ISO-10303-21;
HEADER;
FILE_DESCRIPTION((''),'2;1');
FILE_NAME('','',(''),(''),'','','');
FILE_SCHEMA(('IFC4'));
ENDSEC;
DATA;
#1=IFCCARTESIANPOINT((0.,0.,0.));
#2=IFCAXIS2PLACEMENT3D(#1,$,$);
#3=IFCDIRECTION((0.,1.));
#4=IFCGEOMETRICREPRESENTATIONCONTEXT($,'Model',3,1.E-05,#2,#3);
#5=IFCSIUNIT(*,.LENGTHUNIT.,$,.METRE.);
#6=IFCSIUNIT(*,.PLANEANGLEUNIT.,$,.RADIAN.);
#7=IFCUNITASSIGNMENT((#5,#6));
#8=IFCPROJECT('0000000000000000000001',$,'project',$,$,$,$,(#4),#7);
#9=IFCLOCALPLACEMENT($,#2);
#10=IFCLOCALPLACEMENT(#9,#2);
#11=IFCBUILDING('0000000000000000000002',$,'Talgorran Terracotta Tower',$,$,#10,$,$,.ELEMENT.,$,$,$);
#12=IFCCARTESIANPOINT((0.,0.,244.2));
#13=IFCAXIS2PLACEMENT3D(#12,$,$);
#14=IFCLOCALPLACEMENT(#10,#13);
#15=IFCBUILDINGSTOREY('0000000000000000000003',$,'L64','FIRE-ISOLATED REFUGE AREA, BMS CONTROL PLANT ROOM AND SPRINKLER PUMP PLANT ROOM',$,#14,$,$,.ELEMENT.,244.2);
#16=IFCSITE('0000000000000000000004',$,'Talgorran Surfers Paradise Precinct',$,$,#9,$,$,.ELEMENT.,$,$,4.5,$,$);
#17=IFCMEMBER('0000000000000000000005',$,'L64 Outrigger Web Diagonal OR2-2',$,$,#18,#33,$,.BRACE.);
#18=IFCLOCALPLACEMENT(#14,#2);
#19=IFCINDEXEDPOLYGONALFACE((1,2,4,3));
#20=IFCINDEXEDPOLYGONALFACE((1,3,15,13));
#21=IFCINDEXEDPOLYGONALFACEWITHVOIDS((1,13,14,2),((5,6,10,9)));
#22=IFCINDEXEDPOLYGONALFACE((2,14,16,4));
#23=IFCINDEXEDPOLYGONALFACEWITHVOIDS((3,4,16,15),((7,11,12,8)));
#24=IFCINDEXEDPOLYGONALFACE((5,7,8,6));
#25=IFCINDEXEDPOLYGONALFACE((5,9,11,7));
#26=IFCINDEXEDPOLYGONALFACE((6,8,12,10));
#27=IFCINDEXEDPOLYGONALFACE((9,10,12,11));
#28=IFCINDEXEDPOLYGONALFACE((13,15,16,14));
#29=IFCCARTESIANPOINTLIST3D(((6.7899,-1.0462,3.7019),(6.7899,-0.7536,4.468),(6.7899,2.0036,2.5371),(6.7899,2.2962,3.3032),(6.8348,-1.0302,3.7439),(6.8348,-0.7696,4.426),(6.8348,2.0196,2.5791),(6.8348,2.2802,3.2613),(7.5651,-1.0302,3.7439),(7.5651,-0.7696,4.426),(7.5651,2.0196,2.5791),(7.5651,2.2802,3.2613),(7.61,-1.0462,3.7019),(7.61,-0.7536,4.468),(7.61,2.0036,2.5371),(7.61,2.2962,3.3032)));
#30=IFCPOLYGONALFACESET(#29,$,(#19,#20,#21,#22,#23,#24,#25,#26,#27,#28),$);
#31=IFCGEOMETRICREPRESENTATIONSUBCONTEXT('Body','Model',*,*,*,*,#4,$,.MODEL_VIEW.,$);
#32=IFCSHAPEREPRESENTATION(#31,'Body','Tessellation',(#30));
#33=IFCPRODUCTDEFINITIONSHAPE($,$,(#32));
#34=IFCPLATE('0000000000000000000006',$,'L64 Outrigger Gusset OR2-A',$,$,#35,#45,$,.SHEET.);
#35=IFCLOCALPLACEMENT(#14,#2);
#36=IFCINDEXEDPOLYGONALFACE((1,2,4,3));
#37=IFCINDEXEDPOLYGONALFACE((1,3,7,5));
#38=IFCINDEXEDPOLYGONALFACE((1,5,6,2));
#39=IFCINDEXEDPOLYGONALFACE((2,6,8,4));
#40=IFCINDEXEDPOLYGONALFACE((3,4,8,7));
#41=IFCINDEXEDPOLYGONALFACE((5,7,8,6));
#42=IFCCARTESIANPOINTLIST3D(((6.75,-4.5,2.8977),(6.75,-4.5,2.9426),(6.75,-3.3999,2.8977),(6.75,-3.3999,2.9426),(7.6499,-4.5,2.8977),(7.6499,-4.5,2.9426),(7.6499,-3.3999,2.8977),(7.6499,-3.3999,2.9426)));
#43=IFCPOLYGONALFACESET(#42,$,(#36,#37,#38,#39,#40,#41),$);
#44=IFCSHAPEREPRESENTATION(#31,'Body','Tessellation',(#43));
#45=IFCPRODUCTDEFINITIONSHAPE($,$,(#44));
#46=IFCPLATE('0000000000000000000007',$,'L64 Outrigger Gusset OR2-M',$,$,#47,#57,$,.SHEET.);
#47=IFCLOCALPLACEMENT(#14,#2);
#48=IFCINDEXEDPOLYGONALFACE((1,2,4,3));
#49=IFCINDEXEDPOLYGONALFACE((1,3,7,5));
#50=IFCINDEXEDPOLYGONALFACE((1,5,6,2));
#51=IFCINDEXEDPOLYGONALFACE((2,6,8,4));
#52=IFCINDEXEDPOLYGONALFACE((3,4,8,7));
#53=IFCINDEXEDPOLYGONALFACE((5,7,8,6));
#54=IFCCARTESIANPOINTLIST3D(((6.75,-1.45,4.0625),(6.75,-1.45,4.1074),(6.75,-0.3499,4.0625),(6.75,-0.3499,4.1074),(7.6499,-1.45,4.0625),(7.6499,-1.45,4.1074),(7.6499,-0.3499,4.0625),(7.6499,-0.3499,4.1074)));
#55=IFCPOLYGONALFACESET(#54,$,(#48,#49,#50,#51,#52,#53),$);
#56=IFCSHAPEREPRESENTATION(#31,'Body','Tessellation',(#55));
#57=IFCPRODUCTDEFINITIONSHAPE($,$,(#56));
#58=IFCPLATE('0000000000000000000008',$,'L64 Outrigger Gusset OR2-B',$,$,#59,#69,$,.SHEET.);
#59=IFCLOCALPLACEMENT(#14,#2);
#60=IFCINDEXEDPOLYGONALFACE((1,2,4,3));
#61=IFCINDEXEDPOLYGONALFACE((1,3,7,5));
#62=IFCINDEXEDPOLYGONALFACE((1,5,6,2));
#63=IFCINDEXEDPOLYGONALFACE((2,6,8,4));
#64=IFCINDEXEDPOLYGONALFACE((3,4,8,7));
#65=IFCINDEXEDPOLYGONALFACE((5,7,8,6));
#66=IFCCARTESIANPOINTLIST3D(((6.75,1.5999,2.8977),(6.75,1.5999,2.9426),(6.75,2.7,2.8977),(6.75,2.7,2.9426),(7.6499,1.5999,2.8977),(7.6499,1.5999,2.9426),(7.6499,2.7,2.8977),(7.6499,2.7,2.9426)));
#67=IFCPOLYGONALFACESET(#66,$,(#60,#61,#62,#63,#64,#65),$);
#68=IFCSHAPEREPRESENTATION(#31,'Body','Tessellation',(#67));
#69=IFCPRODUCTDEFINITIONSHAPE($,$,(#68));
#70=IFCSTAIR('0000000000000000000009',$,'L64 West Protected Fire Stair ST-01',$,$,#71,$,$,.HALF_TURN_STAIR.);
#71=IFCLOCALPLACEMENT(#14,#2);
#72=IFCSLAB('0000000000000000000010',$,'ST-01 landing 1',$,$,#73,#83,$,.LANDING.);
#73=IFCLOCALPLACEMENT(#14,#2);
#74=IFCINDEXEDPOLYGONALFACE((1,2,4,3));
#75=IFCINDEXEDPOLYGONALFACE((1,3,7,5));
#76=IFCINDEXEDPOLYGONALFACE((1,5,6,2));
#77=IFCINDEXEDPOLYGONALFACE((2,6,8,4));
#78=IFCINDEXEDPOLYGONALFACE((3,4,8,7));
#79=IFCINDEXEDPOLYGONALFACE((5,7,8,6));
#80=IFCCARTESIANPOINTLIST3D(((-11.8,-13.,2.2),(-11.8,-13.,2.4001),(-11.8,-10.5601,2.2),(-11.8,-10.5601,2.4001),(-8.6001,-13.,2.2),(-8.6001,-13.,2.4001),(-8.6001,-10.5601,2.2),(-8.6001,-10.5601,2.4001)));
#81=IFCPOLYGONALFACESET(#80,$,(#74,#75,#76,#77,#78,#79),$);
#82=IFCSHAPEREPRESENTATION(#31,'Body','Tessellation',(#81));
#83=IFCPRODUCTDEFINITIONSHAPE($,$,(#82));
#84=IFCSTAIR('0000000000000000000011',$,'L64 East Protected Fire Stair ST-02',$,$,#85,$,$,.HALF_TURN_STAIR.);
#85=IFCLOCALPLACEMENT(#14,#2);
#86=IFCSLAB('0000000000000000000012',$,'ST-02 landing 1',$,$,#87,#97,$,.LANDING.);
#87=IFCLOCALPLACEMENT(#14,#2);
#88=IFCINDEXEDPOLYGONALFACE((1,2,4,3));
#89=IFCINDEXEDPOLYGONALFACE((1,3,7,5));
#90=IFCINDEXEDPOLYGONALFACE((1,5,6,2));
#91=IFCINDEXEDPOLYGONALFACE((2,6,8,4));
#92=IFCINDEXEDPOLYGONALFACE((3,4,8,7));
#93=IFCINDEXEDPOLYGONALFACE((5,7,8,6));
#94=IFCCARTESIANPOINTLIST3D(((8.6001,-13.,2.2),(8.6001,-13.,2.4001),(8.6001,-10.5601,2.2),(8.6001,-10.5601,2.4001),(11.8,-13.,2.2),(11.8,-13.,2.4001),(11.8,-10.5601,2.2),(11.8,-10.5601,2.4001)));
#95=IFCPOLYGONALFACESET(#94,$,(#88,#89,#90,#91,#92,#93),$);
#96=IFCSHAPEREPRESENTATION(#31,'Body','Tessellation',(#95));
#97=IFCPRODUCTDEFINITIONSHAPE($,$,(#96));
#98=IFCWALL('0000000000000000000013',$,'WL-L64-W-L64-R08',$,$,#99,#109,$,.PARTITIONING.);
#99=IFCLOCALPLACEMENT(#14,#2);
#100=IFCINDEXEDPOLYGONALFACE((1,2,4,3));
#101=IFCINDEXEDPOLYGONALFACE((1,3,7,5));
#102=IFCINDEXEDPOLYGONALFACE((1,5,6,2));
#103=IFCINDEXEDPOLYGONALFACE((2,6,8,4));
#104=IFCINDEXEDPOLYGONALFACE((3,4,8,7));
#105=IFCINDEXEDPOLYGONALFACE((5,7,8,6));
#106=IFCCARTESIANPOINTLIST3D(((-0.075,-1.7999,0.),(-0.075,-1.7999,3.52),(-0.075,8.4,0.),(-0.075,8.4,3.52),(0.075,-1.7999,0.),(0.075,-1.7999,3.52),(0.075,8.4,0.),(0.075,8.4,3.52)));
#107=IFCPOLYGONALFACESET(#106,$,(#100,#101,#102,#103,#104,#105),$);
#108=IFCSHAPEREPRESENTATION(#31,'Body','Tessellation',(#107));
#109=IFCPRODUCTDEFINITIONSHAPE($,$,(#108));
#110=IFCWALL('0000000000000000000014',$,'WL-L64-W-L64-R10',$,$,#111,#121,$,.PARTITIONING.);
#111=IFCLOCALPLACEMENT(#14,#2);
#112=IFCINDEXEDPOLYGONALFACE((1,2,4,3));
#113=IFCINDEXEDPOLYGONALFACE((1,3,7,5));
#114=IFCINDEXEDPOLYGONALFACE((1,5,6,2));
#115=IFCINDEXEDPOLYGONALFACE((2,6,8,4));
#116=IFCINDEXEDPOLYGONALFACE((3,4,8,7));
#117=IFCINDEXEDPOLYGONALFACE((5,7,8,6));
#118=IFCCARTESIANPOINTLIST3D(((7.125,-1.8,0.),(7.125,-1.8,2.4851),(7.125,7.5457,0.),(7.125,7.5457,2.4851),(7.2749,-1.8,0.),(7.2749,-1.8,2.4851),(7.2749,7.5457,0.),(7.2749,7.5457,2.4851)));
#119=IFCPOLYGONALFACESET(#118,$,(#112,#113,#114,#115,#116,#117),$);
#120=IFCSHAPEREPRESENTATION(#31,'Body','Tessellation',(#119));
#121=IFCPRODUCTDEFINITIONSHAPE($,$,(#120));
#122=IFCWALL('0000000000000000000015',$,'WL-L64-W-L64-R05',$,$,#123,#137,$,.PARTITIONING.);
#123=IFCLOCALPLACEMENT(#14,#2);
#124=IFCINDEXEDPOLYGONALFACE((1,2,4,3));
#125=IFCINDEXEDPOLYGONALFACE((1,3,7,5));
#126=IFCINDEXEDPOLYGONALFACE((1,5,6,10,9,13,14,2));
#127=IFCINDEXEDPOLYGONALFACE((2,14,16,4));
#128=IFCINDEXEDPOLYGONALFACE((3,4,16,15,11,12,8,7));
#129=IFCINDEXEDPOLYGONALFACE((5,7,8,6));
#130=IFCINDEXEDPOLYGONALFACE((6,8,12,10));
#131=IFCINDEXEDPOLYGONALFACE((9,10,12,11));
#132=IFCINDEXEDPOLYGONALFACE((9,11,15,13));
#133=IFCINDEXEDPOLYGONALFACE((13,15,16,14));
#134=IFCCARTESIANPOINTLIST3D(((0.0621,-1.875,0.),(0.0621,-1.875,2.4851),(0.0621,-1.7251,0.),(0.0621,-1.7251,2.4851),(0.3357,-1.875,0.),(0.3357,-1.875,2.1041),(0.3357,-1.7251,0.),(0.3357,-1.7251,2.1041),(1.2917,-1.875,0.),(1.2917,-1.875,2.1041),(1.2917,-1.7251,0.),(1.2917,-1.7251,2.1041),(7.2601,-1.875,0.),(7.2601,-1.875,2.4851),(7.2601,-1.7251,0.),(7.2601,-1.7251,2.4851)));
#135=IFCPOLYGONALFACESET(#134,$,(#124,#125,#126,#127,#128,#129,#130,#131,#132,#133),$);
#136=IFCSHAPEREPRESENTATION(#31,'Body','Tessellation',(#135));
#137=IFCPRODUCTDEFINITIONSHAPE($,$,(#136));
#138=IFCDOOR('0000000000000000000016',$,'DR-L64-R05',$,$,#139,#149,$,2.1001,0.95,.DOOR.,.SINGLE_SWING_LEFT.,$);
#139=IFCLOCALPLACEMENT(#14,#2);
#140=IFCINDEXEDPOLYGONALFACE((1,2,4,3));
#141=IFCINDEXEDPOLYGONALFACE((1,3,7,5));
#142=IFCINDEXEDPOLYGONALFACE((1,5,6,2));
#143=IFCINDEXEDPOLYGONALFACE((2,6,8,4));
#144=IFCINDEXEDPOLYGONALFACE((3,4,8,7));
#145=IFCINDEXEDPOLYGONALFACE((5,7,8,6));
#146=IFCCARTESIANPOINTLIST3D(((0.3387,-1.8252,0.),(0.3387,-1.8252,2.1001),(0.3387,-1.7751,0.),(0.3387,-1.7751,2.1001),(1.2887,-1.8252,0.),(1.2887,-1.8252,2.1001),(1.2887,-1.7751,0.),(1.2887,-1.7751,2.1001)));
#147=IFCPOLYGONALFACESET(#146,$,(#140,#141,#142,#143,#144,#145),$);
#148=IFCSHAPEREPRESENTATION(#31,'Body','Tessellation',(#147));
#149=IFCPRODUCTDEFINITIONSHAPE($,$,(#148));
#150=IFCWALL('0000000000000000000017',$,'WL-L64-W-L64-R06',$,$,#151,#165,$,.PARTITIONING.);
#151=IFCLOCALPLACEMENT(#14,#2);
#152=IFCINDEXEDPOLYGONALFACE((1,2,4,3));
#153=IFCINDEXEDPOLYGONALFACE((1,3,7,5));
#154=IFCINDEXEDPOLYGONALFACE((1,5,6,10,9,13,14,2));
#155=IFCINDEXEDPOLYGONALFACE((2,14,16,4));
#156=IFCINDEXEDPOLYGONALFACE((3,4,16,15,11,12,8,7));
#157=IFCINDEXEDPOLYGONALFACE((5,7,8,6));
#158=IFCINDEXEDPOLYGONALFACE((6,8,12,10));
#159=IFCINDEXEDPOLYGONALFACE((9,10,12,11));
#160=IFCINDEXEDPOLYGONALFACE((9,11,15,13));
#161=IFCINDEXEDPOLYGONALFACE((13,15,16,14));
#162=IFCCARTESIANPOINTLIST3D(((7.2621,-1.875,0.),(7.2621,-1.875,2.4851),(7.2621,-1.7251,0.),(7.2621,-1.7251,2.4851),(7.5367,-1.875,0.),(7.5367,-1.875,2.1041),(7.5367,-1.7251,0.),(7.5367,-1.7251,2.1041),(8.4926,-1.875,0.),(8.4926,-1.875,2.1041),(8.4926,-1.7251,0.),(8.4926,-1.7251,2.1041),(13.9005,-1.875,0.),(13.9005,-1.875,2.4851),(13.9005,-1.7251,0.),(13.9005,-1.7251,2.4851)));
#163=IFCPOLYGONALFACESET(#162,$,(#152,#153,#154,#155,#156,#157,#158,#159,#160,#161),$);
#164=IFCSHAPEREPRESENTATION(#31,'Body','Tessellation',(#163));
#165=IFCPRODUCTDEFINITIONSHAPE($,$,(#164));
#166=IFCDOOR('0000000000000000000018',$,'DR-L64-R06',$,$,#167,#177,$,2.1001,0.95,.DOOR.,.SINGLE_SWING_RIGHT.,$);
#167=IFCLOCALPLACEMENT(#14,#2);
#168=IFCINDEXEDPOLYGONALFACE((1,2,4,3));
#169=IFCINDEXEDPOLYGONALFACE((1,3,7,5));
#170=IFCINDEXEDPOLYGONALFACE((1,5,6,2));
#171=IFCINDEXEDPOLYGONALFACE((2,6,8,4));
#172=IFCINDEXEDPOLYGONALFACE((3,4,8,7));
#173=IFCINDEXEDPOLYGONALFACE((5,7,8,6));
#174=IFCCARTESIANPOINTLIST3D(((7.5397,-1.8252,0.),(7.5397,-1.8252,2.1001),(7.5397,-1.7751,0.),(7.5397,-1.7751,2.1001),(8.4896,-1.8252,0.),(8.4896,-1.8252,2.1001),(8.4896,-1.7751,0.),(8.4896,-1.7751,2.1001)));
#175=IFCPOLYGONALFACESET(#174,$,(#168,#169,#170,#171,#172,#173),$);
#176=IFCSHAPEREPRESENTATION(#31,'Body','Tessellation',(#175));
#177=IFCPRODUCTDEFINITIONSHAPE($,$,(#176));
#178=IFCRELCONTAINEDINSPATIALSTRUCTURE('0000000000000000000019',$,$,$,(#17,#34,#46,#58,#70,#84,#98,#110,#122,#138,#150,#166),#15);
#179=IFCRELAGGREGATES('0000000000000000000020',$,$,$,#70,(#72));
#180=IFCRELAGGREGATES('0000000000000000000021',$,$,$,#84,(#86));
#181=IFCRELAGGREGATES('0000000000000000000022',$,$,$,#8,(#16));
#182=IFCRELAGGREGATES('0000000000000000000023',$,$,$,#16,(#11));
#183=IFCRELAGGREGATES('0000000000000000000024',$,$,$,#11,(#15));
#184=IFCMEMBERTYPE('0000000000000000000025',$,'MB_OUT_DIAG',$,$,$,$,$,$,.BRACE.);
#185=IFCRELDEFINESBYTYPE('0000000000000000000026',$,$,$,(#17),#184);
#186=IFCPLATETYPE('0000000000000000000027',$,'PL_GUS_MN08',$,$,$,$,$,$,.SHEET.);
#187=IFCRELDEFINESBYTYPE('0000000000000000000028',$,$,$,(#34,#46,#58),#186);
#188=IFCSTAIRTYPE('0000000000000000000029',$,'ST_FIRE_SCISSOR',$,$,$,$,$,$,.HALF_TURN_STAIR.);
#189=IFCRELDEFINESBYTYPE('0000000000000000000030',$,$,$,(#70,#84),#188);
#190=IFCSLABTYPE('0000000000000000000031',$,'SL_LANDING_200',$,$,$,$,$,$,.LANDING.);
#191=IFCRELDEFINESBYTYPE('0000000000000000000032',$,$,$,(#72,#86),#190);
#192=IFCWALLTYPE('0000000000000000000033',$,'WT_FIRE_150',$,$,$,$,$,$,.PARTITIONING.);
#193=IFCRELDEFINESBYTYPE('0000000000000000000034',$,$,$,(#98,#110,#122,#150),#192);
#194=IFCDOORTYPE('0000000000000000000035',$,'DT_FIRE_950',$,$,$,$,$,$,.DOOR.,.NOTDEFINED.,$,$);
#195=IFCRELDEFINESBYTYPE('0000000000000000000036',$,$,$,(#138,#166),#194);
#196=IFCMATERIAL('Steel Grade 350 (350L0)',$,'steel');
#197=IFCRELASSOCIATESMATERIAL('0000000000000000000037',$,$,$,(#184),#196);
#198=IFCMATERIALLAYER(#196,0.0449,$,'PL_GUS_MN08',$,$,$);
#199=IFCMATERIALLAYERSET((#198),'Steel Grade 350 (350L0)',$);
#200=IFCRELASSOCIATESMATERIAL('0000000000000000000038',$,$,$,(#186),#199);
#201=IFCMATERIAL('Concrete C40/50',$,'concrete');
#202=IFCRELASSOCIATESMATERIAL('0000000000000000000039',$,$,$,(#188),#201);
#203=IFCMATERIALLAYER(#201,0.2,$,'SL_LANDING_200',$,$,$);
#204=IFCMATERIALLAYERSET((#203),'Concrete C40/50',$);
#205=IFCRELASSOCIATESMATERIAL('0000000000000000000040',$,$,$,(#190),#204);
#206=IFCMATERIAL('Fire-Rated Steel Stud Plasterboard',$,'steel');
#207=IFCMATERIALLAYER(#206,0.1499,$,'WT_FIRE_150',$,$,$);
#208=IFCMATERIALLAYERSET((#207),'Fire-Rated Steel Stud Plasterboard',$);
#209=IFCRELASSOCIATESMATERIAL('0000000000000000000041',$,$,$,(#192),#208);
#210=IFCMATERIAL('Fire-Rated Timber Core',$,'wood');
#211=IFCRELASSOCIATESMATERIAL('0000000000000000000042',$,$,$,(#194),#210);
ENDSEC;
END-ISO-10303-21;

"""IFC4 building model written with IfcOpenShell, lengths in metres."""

from ifc_helpers import new_model, si_unit, direction, frame, frame_2d, origin, origin_2d, place, context, subcontext, project, spatial, polyline, rectangle, hollow_rectangle, outline, extrude, material, layer, layer_set, material_profile, profile_set, type_object, element, fill, aggregate, save


model = new_model("IFC4")

# Units and contexts
model_context = context("Model", 3, precision=1e-05, world=origin(), true_north=direction((0.0, 1.0)))
body_context = subcontext(model_context, "Body", "Model", "MODEL_VIEW")
ifc_project = project(units=[si_unit("LENGTHUNIT", "METRE"), si_unit("PLANEANGLEUNIT", "RADIAN")], contexts=[model_context])

# Site, building, storey
site_placement = place(None, origin())
site = spatial("IfcSite", under=ifc_project, at=site_placement, Name="Talgorran Surfers Paradise Precinct", CompositionType="ELEMENT", RefElevation=4.5)
building_placement = place(site_placement, origin())
building = spatial("IfcBuilding", under=site, at=building_placement, Name="Talgorran Terracotta Tower", CompositionType="ELEMENT")
storey_placement = place(building_placement, frame((0.0, 0.0, 244.2)))
storey = spatial("IfcBuildingStorey", under=building, at=storey_placement, Name="L64", Description="FIRE-ISOLATED REFUGE AREA, BMS CONTROL PLANT ROOM AND SPRINKLER PUMP PLANT ROOM", CompositionType="ELEMENT", Elevation=244.2)

# Shared definitions
ifc_material_1 = material(Name="Steel Grade 350 (350L0)", Category="steel")

# Member
ifc_material_profile_1 = material_profile(ifc_material_1, hollow_rectangle(XDim=0.8201, YDim=0.8201, WallThickness=0.0449, at=origin_2d()), Name="WBOX820X820X45")
ifc_profile_set_1 = profile_set([ifc_material_profile_1], Name="Steel Grade 350 (350L0)")
member_type_1 = type_object("IfcMemberType", Name="MB_OUT_DIAG", PredefinedType="BRACE", material=ifc_profile_set_1)
member_1_placement = place(storey_placement, frame((7.2, -0.8999, 4.085), z_axis=(0.0, 0.934185, -0.356788), x_axis=(-1.0, 0.0, 0.0)))
element("IfcMember", 1, at=member_1_placement, inside=storey, type_object=member_type_1, Name="L64 Outrigger Web Diagonal OR2-2", PredefinedType="BRACE", context=body_context, shape_type="SweptSolid", body=[
    extrude(hollow_rectangle(XDim=0.8201, YDim=0.8201, WallThickness=0.0449, at=origin_2d()), origin(), (0.0, 0.0, 1.0), 3.2646),
])

# Plates
ifc_layer_1 = layer(ifc_material_1, 0.0449, Name="PL_GUS_MN08")
ifc_layer_set_1 = layer_set([ifc_layer_1], Name="Steel Grade 350 (350L0)")
plate_type = type_object("IfcPlateType", Name="PL_GUS_MN08", PredefinedType="SHEET", material=ifc_layer_set_1)
for number, where, z_axis, x_axis, name in (
    (2, (7.2, -3.95, 2.8977), (0.0, 0.0, 1.0), (0.0, 1.0, 0.0), "L64 Outrigger Gusset OR2-A"),
    (3, (7.2, -0.8999, 4.0625), (0.0, 0.0, 1.0), (0.0, 1.0, 0.0), "L64 Outrigger Gusset OR2-M"),
    (4, (7.2, 2.1499, 2.8977), (0.0, 0.0, 1.0), (0.0, 1.0, 0.0), "L64 Outrigger Gusset OR2-B"),
):
    element("IfcPlate", number, at=place(storey_placement, frame(where, z_axis=z_axis, x_axis=x_axis)), inside=storey, type_object=plate_type, Name=name, PredefinedType="SHEET", context=body_context, shape_type="SweptSolid", body=[
        extrude(rectangle(XDim=1.1001, YDim=0.8999, at=origin_2d()), origin(), (0.0, 0.0, 1.0), 0.0449),
    ])

# Stairs, slabs
ifc_material_2 = material(Name="Concrete C40/50", Category="concrete")
stair_type = type_object("IfcStairType", Name="ST_FIRE_SCISSOR", PredefinedType="HALF_TURN_STAIR", material=ifc_material_2)
stair_1_placement = place(storey_placement, origin())
stair_1 = element("IfcStair", 5, at=stair_1_placement, inside=storey, type_object=stair_type, Name="L64 West Protected Fire Stair ST-01", PredefinedType="HALF_TURN_STAIR")
ifc_layer_2 = layer(ifc_material_2, 0.2, Name="SL_LANDING_200")
ifc_layer_set_2 = layer_set([ifc_layer_2], Name="Concrete C40/50")
slab_type = type_object("IfcSlabType", Name="SL_LANDING_200", PredefinedType="LANDING", material=ifc_layer_set_2)
slab_1_placement = place(storey_placement, frame((0.0, 0.0, 2.2)))
slab_1 = element("IfcSlab", 6, at=slab_1_placement, type_object=slab_type, Name="ST-01 landing 1", PredefinedType="LANDING", context=body_context, shape_type="SweptSolid", body=[
    extrude(outline(polyline([(-11.8, -10.5601), (-11.8, -13.0), (-8.6001, -13.0), (-8.6001, -10.5601), (-11.8, -10.5601)])), origin(), (0.0, 0.0, 1.0), 0.2002),
])
aggregate(stair_1, [slab_1])
stair_2_placement = place(storey_placement, origin())
stair_2 = element("IfcStair", 7, at=stair_2_placement, inside=storey, type_object=stair_type, Name="L64 East Protected Fire Stair ST-02", PredefinedType="HALF_TURN_STAIR")
slab_2_placement = place(storey_placement, frame((0.0, 0.0, 2.2)))
slab_2 = element("IfcSlab", 8, at=slab_2_placement, type_object=slab_type, Name="ST-02 landing 1", PredefinedType="LANDING", context=body_context, shape_type="SweptSolid", body=[
    extrude(outline(polyline([(8.6001, -10.5601), (8.6001, -13.0), (11.8, -13.0), (11.8, -10.5601), (8.6001, -10.5601)])), origin(), (0.0, 0.0, 1.0), 0.2002),
])
aggregate(stair_2, [slab_2])

# Walls
ifc_material_3 = material(Name="Fire-Rated Steel Stud Plasterboard", Category="steel")
ifc_layer_3 = layer(ifc_material_3, 0.1499, Name="WT_FIRE_150")
ifc_layer_set_3 = layer_set([ifc_layer_3], Name="Fire-Rated Steel Stud Plasterboard")
wall_type = type_object("IfcWallType", Name="WT_FIRE_150", PredefinedType="PARTITIONING", material=ifc_layer_set_3)
wall_1_placement = place(storey_placement, frame((0.0, -1.8, 0.0), z_axis=(0.0, 0.0, 1.0), x_axis=(0.0, 1.0, 0.0)))
element("IfcWall", 9, at=wall_1_placement, inside=storey, type_object=wall_type, Name="WL-L64-W-L64-R08", PredefinedType="PARTITIONING", context=body_context, shape_type="SweptSolid", body=[
    extrude(rectangle(XDim=10.2, YDim=0.1499, at=frame_2d((5.1001, 0.0))), origin(), (0.0, 0.0, 1.0), 3.52),
])
wall_2_placement = place(storey_placement, frame((7.2, -1.8, 0.0), z_axis=(0.0, 0.0, 1.0), x_axis=(0.0, 1.0, 0.0)))
element("IfcWall", 10, at=wall_2_placement, inside=storey, type_object=wall_type, Name="WL-L64-W-L64-R10", PredefinedType="PARTITIONING", context=body_context, shape_type="SweptSolid", body=[
    extrude(rectangle(XDim=9.3457, YDim=0.1499, at=frame_2d((4.6729, 0.0))), origin(), (0.0, 0.0, 1.0), 2.4851),
])

# Walls, openings, doors
wall_3_placement = place(storey_placement, frame((0.062, -1.8, 0.0), z_axis=(0.0, 0.0, 1.0), x_axis=(1.0, 0.0, 0.0)))
wall_3 = element("IfcWall", 11, at=wall_3_placement, inside=storey, type_object=wall_type, Name="WL-L64-W-L64-R05", PredefinedType="PARTITIONING", context=body_context, shape_type="SweptSolid", body=[
    extrude(rectangle(XDim=7.198, YDim=0.1499, at=frame_2d((3.5991, 0.0))), origin(), (0.0, 0.0, 1.0), 2.4851),
])
opening_1_placement = place(wall_3_placement, frame((0.2766, 0.0, 0.0)))
opening_1 = element("IfcOpeningElement", 12, at=opening_1_placement, cuts=wall_3, PredefinedType="OPENING", context=body_context, shape_type="SweptSolid", body=[
    extrude(rectangle(XDim=0.956, YDim=2.1041, at=frame_2d((0.4751, 1.052))), frame((0.0, 0.085, 0.0), z_axis=(0.0, -1.0, 0.0), x_axis=(1.0, 0.0, 0.0)), (0.0, 0.0, 1.0), 0.1699),
])
ifc_material_4 = material(Name="Fire-Rated Timber Core", Category="wood")
door_type = type_object("IfcDoorType", Name="DT_FIRE_950", OperationType="NOTDEFINED", PredefinedType="DOOR", material=ifc_material_4)
door_1_placement = place(opening_1_placement, origin())
door_1 = element("IfcDoor", 13, at=door_1_placement, inside=storey, type_object=door_type, Name="DR-L64-R05", OperationType="SINGLE_SWING_LEFT", OverallHeight=2.1001, OverallWidth=0.95, PredefinedType="DOOR", context=body_context, shape_type="SweptSolid", body=[
    extrude(rectangle(XDim=0.95, YDim=2.1001, at=frame_2d((0.4751, 1.05))), frame((0.0, 0.0249, 0.0), z_axis=(0.0, -1.0, 0.0), x_axis=(1.0, 0.0, 0.0)), (0.0, 0.0, 1.0), 0.05),
])
fill(opening_1, door_1)
wall_4_placement = place(storey_placement, frame((7.262, -1.8, 0.0), z_axis=(0.0, 0.0, 1.0), x_axis=(1.0, 0.0, 0.0)))
wall_4 = element("IfcWall", 14, at=wall_4_placement, inside=storey, type_object=wall_type, Name="WL-L64-W-L64-R06", PredefinedType="PARTITIONING", context=body_context, shape_type="SweptSolid", body=[
    extrude(rectangle(XDim=6.6384, YDim=0.1499, at=frame_2d((3.3193, 0.0))), origin(), (0.0, 0.0, 1.0), 2.4851),
])
opening_2_placement = place(wall_4_placement, frame((0.2776, 0.0, 0.0)))
opening_2 = element("IfcOpeningElement", 15, at=opening_2_placement, cuts=wall_4, PredefinedType="OPENING", context=body_context, shape_type="SweptSolid", body=[
    extrude(rectangle(XDim=0.956, YDim=2.1041, at=frame_2d((0.4751, 1.052))), frame((0.0, 0.085, 0.0), z_axis=(0.0, -1.0, 0.0), x_axis=(1.0, 0.0, 0.0)), (0.0, 0.0, 1.0), 0.1699),
])
door_2_placement = place(opening_2_placement, origin())
door_2 = element("IfcDoor", 16, at=door_2_placement, inside=storey, type_object=door_type, Name="DR-L64-R06", OperationType="SINGLE_SWING_RIGHT", OverallHeight=2.1001, OverallWidth=0.95, PredefinedType="DOOR", context=body_context, shape_type="SweptSolid", body=[
    extrude(rectangle(XDim=0.95, YDim=2.1001, at=frame_2d((0.4751, 1.05))), frame((0.0, 0.0249, 0.0), z_axis=(0.0, -1.0, 0.0), x_axis=(1.0, 0.0, 0.0)), (0.0, 0.0, 1.0), 0.05),
])
fill(opening_2, door_2)

save(model, "model.ifc")
